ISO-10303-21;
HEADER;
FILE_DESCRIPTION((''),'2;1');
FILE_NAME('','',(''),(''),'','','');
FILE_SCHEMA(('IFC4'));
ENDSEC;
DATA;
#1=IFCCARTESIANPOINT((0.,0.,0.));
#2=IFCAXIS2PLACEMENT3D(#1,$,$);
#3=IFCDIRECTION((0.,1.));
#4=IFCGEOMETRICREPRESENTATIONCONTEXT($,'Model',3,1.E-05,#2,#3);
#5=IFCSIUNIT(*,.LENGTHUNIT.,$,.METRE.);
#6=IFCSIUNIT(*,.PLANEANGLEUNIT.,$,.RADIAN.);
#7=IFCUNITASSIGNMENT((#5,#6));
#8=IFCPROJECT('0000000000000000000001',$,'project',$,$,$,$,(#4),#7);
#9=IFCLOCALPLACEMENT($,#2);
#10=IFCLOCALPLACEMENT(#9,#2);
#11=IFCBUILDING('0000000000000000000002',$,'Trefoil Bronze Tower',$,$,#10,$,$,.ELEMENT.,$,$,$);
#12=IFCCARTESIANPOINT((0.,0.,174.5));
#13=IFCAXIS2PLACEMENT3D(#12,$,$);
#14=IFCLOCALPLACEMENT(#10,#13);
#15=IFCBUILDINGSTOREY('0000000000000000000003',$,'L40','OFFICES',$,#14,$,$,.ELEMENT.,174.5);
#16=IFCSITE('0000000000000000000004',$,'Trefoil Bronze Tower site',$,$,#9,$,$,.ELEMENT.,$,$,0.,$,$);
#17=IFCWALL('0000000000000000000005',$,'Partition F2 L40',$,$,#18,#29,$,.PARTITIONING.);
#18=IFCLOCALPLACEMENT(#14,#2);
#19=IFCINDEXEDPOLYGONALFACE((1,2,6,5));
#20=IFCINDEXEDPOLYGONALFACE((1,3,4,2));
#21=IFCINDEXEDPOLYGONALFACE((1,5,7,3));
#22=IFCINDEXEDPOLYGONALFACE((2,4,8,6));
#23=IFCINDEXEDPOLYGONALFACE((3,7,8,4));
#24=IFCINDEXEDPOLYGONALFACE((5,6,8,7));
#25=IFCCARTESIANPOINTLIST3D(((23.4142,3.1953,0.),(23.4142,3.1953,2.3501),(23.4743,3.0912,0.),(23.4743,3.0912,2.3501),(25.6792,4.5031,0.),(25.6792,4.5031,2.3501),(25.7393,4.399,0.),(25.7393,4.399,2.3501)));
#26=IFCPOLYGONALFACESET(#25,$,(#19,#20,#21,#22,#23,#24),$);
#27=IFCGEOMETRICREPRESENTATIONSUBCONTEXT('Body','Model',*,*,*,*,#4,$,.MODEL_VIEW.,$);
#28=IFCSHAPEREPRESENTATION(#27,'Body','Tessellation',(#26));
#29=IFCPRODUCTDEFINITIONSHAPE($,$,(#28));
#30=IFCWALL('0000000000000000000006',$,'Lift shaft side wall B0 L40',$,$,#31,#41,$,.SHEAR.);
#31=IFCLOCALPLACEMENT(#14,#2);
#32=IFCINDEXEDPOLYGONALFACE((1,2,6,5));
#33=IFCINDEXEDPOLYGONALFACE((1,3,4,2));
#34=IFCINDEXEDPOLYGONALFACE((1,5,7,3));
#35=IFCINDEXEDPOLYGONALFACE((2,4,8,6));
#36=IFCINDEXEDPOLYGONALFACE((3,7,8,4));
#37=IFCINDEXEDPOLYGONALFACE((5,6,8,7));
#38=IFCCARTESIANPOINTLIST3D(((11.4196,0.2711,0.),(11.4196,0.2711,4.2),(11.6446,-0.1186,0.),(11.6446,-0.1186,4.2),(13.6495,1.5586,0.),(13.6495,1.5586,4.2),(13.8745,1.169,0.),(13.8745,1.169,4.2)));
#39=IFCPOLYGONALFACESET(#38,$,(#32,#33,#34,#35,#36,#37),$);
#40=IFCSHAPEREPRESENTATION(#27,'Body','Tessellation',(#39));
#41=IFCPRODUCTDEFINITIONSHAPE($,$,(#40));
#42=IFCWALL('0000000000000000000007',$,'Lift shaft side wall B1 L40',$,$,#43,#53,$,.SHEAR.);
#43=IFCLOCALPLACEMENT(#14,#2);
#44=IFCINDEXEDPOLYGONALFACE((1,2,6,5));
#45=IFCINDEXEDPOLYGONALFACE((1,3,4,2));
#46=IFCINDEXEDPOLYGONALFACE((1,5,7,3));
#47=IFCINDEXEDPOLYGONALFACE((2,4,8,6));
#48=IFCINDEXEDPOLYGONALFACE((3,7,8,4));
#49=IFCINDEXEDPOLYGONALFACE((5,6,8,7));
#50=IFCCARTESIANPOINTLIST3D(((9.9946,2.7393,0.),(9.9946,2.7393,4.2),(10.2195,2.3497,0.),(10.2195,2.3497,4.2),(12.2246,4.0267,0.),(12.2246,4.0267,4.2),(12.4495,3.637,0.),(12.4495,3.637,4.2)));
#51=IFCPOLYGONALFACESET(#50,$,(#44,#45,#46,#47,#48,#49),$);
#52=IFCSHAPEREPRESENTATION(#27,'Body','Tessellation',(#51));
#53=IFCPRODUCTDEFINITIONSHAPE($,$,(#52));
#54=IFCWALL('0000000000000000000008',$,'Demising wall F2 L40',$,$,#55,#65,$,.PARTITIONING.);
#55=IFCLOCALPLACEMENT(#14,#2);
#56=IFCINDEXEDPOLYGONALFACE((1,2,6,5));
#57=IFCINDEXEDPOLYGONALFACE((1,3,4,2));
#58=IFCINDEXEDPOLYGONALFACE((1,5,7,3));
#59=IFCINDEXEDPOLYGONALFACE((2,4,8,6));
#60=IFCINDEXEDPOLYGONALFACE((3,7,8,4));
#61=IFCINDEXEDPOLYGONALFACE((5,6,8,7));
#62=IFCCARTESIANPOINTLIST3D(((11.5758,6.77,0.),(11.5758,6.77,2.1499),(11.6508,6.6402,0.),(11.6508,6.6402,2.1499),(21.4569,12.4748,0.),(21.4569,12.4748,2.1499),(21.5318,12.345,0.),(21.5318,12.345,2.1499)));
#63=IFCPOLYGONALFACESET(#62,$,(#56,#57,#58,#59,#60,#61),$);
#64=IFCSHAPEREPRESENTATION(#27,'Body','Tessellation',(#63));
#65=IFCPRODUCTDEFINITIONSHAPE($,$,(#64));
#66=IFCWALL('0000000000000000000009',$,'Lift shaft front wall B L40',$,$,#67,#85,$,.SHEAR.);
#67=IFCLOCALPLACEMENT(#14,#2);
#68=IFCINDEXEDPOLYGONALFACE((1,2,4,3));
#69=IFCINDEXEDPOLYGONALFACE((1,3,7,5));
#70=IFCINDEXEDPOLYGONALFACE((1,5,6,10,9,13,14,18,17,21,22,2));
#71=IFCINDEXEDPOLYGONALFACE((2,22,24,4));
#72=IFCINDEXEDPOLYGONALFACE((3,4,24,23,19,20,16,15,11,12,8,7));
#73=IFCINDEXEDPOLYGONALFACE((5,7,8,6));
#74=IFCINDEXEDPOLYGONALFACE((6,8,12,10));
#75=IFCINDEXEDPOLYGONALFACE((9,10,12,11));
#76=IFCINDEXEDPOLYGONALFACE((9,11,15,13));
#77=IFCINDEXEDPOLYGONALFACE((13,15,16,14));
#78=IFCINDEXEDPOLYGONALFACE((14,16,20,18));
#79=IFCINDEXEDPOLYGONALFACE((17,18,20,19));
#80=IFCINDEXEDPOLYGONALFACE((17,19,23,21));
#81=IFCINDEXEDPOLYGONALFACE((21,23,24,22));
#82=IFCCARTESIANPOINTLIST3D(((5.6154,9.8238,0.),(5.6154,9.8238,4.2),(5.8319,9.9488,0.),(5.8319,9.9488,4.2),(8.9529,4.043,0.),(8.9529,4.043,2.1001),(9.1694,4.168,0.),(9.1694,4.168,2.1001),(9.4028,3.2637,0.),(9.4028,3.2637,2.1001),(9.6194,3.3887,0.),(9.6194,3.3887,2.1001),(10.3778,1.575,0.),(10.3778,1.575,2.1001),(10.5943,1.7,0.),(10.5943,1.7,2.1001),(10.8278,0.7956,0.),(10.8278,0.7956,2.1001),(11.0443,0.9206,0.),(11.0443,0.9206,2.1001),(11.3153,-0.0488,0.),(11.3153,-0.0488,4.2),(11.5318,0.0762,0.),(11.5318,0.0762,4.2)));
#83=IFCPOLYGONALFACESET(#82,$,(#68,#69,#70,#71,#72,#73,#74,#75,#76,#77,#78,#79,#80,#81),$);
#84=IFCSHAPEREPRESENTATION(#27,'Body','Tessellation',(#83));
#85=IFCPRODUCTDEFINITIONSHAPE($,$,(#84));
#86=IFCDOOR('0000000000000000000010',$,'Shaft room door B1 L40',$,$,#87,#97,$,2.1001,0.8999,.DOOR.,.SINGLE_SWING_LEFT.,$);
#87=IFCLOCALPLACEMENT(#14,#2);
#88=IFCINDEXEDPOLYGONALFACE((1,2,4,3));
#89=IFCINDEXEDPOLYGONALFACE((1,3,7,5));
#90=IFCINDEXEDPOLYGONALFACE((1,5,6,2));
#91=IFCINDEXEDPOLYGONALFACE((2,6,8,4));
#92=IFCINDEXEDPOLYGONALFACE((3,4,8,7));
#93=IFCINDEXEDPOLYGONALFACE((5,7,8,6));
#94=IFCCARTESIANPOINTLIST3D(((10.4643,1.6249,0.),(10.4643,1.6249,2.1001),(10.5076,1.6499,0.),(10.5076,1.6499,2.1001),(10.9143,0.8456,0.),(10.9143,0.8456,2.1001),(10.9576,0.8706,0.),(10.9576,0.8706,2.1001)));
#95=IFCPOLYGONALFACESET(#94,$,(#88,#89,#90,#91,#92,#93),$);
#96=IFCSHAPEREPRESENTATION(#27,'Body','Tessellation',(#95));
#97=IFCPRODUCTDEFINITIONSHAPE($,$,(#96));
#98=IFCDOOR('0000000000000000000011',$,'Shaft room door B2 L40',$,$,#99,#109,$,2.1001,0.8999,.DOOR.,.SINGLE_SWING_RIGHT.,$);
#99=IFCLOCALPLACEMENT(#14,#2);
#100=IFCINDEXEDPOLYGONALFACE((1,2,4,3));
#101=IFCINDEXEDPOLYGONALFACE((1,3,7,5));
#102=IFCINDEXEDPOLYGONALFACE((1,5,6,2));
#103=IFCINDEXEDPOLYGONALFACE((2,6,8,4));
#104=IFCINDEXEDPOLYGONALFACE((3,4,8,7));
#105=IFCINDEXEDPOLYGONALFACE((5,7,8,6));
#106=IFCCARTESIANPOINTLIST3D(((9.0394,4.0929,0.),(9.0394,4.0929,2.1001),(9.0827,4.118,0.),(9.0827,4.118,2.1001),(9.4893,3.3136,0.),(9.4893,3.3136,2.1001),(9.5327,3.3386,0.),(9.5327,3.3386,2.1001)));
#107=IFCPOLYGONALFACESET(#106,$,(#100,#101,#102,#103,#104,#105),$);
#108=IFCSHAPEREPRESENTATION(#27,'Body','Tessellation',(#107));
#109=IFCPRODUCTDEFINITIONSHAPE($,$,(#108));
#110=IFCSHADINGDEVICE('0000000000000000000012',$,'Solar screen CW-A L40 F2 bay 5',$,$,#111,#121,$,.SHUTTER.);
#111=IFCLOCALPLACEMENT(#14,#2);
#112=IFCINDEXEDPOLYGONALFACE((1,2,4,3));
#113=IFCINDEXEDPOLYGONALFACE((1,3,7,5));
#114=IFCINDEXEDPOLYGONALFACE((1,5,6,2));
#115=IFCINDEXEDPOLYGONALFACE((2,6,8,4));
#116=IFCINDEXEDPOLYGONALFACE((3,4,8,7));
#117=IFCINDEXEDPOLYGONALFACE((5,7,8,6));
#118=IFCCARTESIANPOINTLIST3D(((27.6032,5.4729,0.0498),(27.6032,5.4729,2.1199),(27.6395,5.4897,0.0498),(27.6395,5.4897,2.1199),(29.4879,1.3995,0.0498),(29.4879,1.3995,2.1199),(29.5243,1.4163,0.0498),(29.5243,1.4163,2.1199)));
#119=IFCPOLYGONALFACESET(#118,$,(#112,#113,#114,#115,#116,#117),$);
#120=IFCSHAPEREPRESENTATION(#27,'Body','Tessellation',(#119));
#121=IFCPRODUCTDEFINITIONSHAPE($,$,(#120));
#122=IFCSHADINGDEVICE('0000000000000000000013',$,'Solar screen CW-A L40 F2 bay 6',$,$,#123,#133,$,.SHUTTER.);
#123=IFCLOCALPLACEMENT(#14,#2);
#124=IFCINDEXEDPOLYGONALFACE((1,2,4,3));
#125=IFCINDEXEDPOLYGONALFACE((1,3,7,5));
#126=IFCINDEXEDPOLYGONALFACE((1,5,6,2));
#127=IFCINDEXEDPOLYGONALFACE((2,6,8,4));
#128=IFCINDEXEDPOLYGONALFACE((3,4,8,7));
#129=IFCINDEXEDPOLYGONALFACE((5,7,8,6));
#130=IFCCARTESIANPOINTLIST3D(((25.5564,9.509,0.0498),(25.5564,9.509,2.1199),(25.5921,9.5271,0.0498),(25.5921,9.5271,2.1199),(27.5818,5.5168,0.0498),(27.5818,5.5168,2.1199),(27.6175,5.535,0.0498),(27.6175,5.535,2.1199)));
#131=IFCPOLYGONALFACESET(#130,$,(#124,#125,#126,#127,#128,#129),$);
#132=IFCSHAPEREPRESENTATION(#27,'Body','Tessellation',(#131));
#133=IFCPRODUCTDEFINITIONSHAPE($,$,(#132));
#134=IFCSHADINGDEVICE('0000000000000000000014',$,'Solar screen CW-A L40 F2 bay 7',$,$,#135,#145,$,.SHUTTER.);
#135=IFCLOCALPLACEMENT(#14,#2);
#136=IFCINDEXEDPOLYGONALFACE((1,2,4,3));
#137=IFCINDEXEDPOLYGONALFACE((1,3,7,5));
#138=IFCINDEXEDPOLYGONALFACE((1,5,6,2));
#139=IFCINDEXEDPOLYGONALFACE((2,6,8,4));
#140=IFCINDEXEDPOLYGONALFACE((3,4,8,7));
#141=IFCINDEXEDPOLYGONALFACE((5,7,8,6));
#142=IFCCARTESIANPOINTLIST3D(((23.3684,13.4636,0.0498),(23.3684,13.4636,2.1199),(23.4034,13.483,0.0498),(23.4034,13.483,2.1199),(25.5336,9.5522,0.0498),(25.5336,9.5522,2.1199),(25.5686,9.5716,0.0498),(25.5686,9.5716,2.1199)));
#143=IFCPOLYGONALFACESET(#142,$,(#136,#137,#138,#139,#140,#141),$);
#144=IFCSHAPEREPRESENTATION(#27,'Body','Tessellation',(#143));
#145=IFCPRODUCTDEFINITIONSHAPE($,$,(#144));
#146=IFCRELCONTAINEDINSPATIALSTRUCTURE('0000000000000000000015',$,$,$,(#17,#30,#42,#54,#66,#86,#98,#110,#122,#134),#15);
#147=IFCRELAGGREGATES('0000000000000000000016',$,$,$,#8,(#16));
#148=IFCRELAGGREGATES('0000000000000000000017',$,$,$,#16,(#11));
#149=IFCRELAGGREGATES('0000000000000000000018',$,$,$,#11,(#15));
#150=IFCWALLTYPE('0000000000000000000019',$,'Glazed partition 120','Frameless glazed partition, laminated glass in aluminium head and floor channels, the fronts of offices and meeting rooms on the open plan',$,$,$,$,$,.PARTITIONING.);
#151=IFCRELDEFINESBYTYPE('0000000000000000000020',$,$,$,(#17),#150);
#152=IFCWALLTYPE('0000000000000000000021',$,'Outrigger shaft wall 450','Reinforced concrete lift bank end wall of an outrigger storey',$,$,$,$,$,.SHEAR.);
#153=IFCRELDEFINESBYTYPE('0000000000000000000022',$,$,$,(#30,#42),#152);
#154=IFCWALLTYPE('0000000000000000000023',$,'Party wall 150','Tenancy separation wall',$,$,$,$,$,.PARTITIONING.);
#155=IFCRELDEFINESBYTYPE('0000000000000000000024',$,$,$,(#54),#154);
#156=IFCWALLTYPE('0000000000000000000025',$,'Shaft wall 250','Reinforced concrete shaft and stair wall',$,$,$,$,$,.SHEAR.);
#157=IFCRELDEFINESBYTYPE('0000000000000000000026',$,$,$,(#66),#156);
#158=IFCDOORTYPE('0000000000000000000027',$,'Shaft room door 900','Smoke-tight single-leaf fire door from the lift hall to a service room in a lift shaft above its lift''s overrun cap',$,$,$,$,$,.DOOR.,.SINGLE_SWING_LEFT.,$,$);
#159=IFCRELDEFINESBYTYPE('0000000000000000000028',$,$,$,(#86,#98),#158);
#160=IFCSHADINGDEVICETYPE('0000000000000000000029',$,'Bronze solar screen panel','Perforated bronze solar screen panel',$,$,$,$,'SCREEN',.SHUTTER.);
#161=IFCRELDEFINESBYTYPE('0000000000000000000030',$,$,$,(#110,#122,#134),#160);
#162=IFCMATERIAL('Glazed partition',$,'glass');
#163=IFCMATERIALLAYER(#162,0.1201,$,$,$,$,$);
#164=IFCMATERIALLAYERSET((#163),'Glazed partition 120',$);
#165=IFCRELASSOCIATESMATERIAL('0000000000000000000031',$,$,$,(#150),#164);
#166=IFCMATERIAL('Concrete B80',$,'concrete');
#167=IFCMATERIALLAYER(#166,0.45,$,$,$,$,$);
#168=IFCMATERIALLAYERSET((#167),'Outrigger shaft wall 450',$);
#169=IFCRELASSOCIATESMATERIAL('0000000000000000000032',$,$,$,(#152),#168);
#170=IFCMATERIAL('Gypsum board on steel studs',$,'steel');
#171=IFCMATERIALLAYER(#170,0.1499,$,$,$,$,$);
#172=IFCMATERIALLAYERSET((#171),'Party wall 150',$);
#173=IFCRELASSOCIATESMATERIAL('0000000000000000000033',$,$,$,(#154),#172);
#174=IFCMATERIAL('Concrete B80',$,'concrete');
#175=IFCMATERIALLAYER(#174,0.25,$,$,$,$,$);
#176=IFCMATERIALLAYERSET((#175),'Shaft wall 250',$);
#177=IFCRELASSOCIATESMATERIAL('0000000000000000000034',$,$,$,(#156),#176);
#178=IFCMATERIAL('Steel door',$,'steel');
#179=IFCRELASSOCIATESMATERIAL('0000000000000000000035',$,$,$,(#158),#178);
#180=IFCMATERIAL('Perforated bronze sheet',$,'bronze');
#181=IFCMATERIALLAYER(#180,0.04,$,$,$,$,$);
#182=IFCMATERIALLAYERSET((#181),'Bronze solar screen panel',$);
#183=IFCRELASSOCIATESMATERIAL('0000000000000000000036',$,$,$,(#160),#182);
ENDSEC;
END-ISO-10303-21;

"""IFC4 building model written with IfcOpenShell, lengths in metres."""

from ifc_helpers import new_model, si_unit, direction, frame, frame_2d, origin, origin_2d, place, context, subcontext, project, spatial, rectangle, extrude, material, layer, layer_set, type_object, element, fill, save


model = new_model("IFC4")

# Units and contexts
model_context = context("Model", 3, precision=1e-05, world=origin(), true_north=direction((0.0, 1.0)))
body_context = subcontext(model_context, "Body", "Model", "MODEL_VIEW")
ifc_project = project(units=[si_unit("LENGTHUNIT", "METRE"), si_unit("PLANEANGLEUNIT", "RADIAN")], contexts=[model_context])

# Site, building, storey
site_placement = place(None, origin())
site = spatial("IfcSite", under=ifc_project, at=site_placement, Name="Trefoil Bronze Tower site", CompositionType="ELEMENT", RefElevation=0.0)
building_placement = place(site_placement, origin())
building = spatial("IfcBuilding", under=site, at=building_placement, Name="Trefoil Bronze Tower", CompositionType="ELEMENT")
storey_placement = place(building_placement, frame((0.0, 0.0, 174.5)))
storey = spatial("IfcBuildingStorey", under=building, at=storey_placement, Name="L40", Description="OFFICES", CompositionType="ELEMENT", Elevation=174.5)

# Shared definitions
ifc_material_1 = material(Name="Glazed partition", Category="glass")
ifc_layer_1 = layer(ifc_material_1, 0.1201)
ifc_layer_set_1 = layer_set([ifc_layer_1], Name="Glazed partition 120")
wall_type_1 = type_object("IfcWallType", Name="Glazed partition 120", Description="Frameless glazed partition, laminated glass in aluminium head and floor channels, the fronts of offices and meeting rooms on the open plan", PredefinedType="PARTITIONING", material=ifc_layer_set_1)

# Walls
wall_1_placement = place(storey_placement, frame((23.4443, 3.1433, 0.0), z_axis=(0.0, 0.0, 1.0), x_axis=(0.866011, 0.500024, 0.0)))
element("IfcWall", 1, at=wall_1_placement, inside=storey, type_object=wall_type_1, Name="Partition F2 L40", PredefinedType="PARTITIONING", context=body_context, shape_type="SweptSolid", body=[
    extrude(rectangle(XDim=2.6155, YDim=0.1201, at=frame_2d((1.3076, 0.0))), origin(), (0.0, 0.0, 1.0), 2.3501),
])
ifc_material_2 = material(Name="Concrete B80", Category="concrete")
ifc_layer_2 = layer(ifc_material_2, 0.45)
ifc_layer_set_2 = layer_set([ifc_layer_2], Name="Outrigger shaft wall 450")
wall_type_2 = type_object("IfcWallType", Name="Outrigger shaft wall 450", Description="Reinforced concrete lift bank end wall of an outrigger storey", PredefinedType="SHEAR", material=ifc_layer_set_2)
for number, where, z_axis, x_axis, name in (
    (2, (11.532, 0.0762, 0.0), (0.0, 0.0, 1.0), (0.866006, 0.500034, 0.0), "Lift shaft side wall B0 L40"),
    (3, (10.1069, 2.5444, 0.0), (0.0, 0.0, 1.0), (0.866047, 0.499963, 0.0), "Lift shaft side wall B1 L40"),
):
    element("IfcWall", number, at=place(storey_placement, frame(where, z_axis=z_axis, x_axis=x_axis)), inside=storey, type_object=wall_type_2, Name=name, PredefinedType="SHEAR", context=body_context, shape_type="SweptSolid", body=[
        extrude(rectangle(XDim=2.575, YDim=0.45, at=frame_2d((1.2876, 0.0))), origin(), (0.0, 0.0, 1.0), 4.2),
    ])
ifc_material_3 = material(Name="Gypsum board on steel studs", Category="steel")
ifc_layer_3 = layer(ifc_material_3, 0.1499)
ifc_layer_set_3 = layer_set([ifc_layer_3], Name="Party wall 150")
wall_type_3 = type_object("IfcWallType", Name="Party wall 150", Description="Tenancy separation wall", PredefinedType="PARTITIONING", material=ifc_layer_set_3)
wall_2_placement = place(storey_placement, frame((11.6133, 6.7051, 0.0), z_axis=(0.0, 0.0, 1.0), x_axis=(0.866026, 0.499998, 0.0)))
element("IfcWall", 4, at=wall_2_placement, inside=storey, type_object=wall_type_3, Name="Demising wall F2 L40", PredefinedType="PARTITIONING", context=body_context, shape_type="SweptSolid", body=[
    extrude(rectangle(XDim=11.4097, YDim=0.1499, at=frame_2d((5.7048, 0.0))), origin(), (0.0, 0.0, 1.0), 2.1499),
])

# Wall, openings, doors
ifc_material_4 = material(Name="Concrete B80", Category="concrete")
ifc_layer_4 = layer(ifc_material_4, 0.25)
ifc_layer_set_4 = layer_set([ifc_layer_4], Name="Shaft wall 250")
wall_type_4 = type_object("IfcWallType", Name="Shaft wall 250", Description="Reinforced concrete shaft and stair wall", PredefinedType="SHEAR", material=ifc_layer_set_4)
wall_3_placement = place(storey_placement, frame((11.4236, 0.0137, 0.0), z_axis=(0.0, 0.0, 1.0), x_axis=(-0.500002, 0.866024, 0.0)))
wall_3 = element("IfcWall", 5, at=wall_3_placement, inside=storey, type_object=wall_type_4, Name="Lift shaft front wall B L40", PredefinedType="SHEAR", context=body_context, shape_type="SweptSolid", body=[
    extrude(rectangle(XDim=11.3999, YDim=0.25, at=frame_2d((5.7, 0.0))), origin(), (0.0, 0.0, 1.0), 4.2),
])
opening_1_placement = place(wall_3_placement, frame((0.9751, 0.0, 0.0)))
opening_1 = element("IfcOpeningElement", 6, at=opening_1_placement, cuts=wall_3, PredefinedType="OPENING", context=body_context, shape_type="SweptSolid", body=[
    extrude(rectangle(XDim=0.8999, YDim=2.1001, at=frame_2d((0.45, 1.05))), frame((0.0, 0.135, 0.0), z_axis=(0.0, -1.0, 0.0), x_axis=(1.0, 0.0, 0.0)), (0.0, 0.0, 1.0), 0.27),
])
opening_2_placement = place(wall_3_placement, frame((3.825, 0.0, 0.0)))
opening_2 = element("IfcOpeningElement", 7, at=opening_2_placement, cuts=wall_3, PredefinedType="OPENING", context=body_context, shape_type="SweptSolid", body=[
    extrude(rectangle(XDim=0.8999, YDim=2.1001, at=frame_2d((0.45, 1.05))), frame((0.0, 0.135, 0.0), z_axis=(0.0, -1.0, 0.0), x_axis=(1.0, 0.0, 0.0)), (0.0, 0.0, 1.0), 0.27),
])
ifc_material_5 = material(Name="Steel door", Category="steel")
door_type_1 = type_object("IfcDoorType", Name="Shaft room door 900", Description="Smoke-tight single-leaf fire door from the lift hall to a service room in a lift shaft above its lift's overrun cap", OperationType="SINGLE_SWING_LEFT", PredefinedType="DOOR", material=ifc_material_5)
door_1_placement = place(opening_1_placement, frame((0.8999, 0.0, 0.0), z_axis=(0.0, 0.0, 1.0), x_axis=(-1.0, 0.0, 0.0)))
door_1 = element("IfcDoor", 8, at=door_1_placement, inside=storey, type_object=door_type_1, Name="Shaft room door B1 L40", OperationType="SINGLE_SWING_LEFT", OverallHeight=2.1001, OverallWidth=0.8999, PredefinedType="DOOR", context=body_context, shape_type="SweptSolid", body=[
    extrude(rectangle(XDim=0.8999, YDim=2.1001, at=frame_2d((0.45, 1.05))), frame((0.0, 0.0249, 0.0), z_axis=(0.0, -1.0, 0.0), x_axis=(1.0, 0.0, 0.0)), (0.0, 0.0, 1.0), 0.05),
])
fill(opening_1, door_1)
door_2_placement = place(opening_2_placement, frame((0.8999, 0.0, 0.0), z_axis=(0.0, 0.0, 1.0), x_axis=(-1.0, 0.0, 0.0)))
door_2 = element("IfcDoor", 9, at=door_2_placement, inside=storey, type_object=door_type_1, Name="Shaft room door B2 L40", OperationType="SINGLE_SWING_RIGHT", OverallHeight=2.1001, OverallWidth=0.8999, PredefinedType="DOOR", context=body_context, shape_type="SweptSolid", body=[
    extrude(rectangle(XDim=0.8999, YDim=2.1001, at=frame_2d((0.45, 1.05))), frame((0.0, 0.0249, 0.0), z_axis=(0.0, -1.0, 0.0), x_axis=(1.0, 0.0, 0.0)), (0.0, 0.0, 1.0), 0.05),
])
fill(opening_2, door_2)

# Shading devices
ifc_material_6 = material(Name="Perforated bronze sheet", Category="bronze")
ifc_layer_5 = layer(ifc_material_6, 0.04)
ifc_layer_set_5 = layer_set([ifc_layer_5], Name="Bronze solar screen panel")
shading_device_type = type_object("IfcShadingDeviceType", Name="Bronze solar screen panel", Description="Perforated bronze solar screen panel", ElementType="SCREEN", PredefinedType="SHUTTER", material=ifc_layer_set_5)
shading_device_1_placement = place(storey_placement, frame((28.5637, 3.4446, 0.0498), z_axis=(0.0, 0.0, 1.0), x_axis=(-0.419933, 0.907555, 0.0)))
element("IfcShadingDevice", 10, at=shading_device_1_placement, inside=storey, type_object=shading_device_type, Name="Solar screen CW-A L40 F2 bay 5", PredefinedType="SHUTTER", context=body_context, shape_type="SweptSolid", body=[
    extrude(rectangle(XDim=4.4883, YDim=0.04, at=origin_2d()), origin(), (0.0, 0.0, 1.0), 2.0701),
])
shading_device_2_placement = place(storey_placement, frame((26.5869, 7.522, 0.0498), z_axis=(0.0, 0.0, 1.0), x_axis=(-0.452449, 0.89179, 0.0)))
element("IfcShadingDevice", 11, at=shading_device_2_placement, inside=storey, type_object=shading_device_type, Name="Solar screen CW-A L40 F2 bay 6", PredefinedType="SHUTTER", context=body_context, shape_type="SweptSolid", body=[
    extrude(rectangle(XDim=4.4766, YDim=0.04, at=origin_2d()), origin(), (0.0, 0.0, 1.0), 2.0701),
])
shading_device_3_placement = place(storey_placement, frame((24.4685, 11.5176, 0.0498), z_axis=(0.0, 0.0, 1.0), x_axis=(-0.484312, 0.874895, 0.0)))
element("IfcShadingDevice", 12, at=shading_device_3_placement, inside=storey, type_object=shading_device_type, Name="Solar screen CW-A L40 F2 bay 7", PredefinedType="SHUTTER", context=body_context, shape_type="SweptSolid", body=[
    extrude(rectangle(XDim=4.4707, YDim=0.04, at=origin_2d()), origin(), (0.0, 0.0, 1.0), 2.0701),
])

save(model, "model.ifc")
